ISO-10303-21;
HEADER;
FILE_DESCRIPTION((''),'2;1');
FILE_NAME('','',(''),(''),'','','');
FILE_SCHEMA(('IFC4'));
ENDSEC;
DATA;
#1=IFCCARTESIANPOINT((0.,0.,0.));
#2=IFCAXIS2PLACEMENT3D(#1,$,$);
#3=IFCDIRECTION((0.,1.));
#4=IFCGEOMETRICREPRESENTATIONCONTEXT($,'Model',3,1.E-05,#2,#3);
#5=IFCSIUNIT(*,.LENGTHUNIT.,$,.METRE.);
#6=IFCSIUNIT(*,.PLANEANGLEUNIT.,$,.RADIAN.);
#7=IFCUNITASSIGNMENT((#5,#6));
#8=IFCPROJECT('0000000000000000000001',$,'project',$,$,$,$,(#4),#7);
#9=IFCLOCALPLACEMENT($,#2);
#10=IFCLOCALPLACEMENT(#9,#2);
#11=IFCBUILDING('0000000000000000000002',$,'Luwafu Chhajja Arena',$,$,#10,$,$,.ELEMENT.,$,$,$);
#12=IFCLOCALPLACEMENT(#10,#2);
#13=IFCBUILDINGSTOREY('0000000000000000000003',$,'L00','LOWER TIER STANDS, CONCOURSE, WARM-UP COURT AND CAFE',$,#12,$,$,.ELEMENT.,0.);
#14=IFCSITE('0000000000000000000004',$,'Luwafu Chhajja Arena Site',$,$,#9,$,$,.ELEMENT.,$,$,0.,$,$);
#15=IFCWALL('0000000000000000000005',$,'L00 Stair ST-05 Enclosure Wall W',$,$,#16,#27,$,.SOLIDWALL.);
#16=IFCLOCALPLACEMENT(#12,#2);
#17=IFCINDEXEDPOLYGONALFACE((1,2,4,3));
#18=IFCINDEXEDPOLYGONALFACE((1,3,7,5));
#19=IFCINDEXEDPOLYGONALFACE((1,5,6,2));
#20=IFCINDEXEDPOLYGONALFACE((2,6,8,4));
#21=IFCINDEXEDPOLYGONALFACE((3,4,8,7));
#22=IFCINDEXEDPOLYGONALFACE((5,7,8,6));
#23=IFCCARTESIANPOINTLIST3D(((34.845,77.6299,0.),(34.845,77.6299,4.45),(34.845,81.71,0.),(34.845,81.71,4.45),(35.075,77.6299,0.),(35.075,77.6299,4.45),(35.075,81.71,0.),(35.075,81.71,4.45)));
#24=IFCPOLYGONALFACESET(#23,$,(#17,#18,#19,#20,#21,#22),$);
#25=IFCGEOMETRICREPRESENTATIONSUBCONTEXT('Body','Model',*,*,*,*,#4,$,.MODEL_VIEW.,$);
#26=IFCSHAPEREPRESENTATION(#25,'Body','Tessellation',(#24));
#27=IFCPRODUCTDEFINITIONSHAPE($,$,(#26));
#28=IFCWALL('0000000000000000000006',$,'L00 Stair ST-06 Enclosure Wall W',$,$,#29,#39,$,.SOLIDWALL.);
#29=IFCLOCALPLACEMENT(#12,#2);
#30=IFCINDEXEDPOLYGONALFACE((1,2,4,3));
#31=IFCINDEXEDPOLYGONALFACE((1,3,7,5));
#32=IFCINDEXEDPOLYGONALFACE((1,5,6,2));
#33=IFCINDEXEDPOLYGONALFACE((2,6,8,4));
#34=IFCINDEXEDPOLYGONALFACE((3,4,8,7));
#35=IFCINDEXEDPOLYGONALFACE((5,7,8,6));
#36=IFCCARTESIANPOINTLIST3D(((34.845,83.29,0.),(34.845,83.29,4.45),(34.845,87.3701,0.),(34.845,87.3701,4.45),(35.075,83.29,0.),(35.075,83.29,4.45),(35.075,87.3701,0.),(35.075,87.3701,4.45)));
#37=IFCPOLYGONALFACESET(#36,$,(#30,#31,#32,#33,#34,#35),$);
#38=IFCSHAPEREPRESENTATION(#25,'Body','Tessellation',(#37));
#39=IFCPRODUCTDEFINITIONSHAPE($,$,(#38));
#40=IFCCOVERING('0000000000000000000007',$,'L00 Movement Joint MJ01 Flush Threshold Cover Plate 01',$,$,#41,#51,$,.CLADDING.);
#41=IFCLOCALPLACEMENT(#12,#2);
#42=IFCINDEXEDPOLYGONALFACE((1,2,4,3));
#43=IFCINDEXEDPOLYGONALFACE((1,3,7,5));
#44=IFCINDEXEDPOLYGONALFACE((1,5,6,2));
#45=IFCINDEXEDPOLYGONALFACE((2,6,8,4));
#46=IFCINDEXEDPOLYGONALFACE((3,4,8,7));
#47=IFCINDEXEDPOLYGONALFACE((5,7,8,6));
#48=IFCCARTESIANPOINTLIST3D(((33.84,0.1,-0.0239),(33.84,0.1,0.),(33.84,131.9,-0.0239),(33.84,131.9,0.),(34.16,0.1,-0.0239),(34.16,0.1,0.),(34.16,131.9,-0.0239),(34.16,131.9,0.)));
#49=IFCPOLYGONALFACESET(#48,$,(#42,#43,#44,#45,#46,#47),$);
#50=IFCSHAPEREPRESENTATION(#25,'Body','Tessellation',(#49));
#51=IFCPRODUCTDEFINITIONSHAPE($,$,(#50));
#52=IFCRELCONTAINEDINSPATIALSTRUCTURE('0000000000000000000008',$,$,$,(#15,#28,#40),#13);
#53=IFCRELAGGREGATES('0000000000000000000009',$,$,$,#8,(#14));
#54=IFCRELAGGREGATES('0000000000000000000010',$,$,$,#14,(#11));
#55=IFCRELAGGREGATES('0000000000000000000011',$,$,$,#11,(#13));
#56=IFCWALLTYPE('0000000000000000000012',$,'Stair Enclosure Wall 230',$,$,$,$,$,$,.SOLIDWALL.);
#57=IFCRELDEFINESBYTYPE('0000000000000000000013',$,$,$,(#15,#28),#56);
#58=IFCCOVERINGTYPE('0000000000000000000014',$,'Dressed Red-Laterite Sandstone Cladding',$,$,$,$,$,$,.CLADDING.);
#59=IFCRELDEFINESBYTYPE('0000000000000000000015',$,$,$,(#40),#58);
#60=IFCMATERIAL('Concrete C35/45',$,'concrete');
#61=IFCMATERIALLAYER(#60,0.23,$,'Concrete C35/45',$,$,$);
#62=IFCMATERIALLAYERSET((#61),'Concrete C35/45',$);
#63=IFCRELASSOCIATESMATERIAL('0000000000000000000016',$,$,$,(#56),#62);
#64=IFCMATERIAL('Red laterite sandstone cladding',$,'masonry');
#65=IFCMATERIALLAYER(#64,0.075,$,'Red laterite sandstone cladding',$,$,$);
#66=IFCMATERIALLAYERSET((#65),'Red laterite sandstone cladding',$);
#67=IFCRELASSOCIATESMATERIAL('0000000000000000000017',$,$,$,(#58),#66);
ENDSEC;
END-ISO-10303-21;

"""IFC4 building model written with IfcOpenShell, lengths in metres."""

from ifc_helpers import new_model, si_unit, direction, frame, frame_2d, origin, origin_2d, place, context, subcontext, project, spatial, rectangle, extrude, material, layer, layer_set, type_object, element, save


model = new_model("IFC4")

# Units and contexts
model_context = context("Model", 3, precision=1e-05, world=origin(), true_north=direction((0.0, 1.0)))
body_context = subcontext(model_context, "Body", "Model", "MODEL_VIEW")
ifc_project = project(units=[si_unit("LENGTHUNIT", "METRE"), si_unit("PLANEANGLEUNIT", "RADIAN")], contexts=[model_context])

# Site, building, storey
site_placement = place(None, origin())
site = spatial("IfcSite", under=ifc_project, at=site_placement, Name="Luwafu Chhajja Arena Site", CompositionType="ELEMENT", RefElevation=0.0)
building_placement = place(site_placement, origin())
building = spatial("IfcBuilding", under=site, at=building_placement, Name="Luwafu Chhajja Arena", CompositionType="ELEMENT")
storey_placement = place(building_placement, origin())
storey = spatial("IfcBuildingStorey", under=building, at=storey_placement, Name="L00", Description="LOWER TIER STANDS, CONCOURSE, WARM-UP COURT AND CAFE", CompositionType="ELEMENT", Elevation=0.0)

# Shared definitions
ifc_material_1 = material(Name="Concrete C35/45", Category="concrete")

# Walls
ifc_layer_1 = layer(ifc_material_1, 0.23, Name="Concrete C35/45")
ifc_layer_set_1 = layer_set([ifc_layer_1], Name="Concrete C35/45")
wall_type_1 = type_object("IfcWallType", Name="Stair Enclosure Wall 230", PredefinedType="SOLIDWALL", material=ifc_layer_set_1)
for number, where, z_axis, x_axis, name in (
    (1, (34.96, 77.6299, 0.0), (0.0, 0.0, 1.0), (0.0, 1.0, 0.0), "L00 Stair ST-05 Enclosure Wall W"),
    (2, (34.96, 83.29, 0.0), (0.0, 0.0, 1.0), (0.0, 1.0, 0.0), "L00 Stair ST-06 Enclosure Wall W"),
):
    element("IfcWall", number, at=place(storey_placement, frame(where, z_axis=z_axis, x_axis=x_axis)), inside=storey, type_object=wall_type_1, Name=name, PredefinedType="SOLIDWALL", context=body_context, shape_type="SweptSolid", body=[
        extrude(rectangle(XDim=4.0801, YDim=0.23, at=frame_2d((2.04, 0.0))), origin(), (0.0, 0.0, 1.0), 4.45),
    ])

# Covering
ifc_material_2 = material(Name="Red laterite sandstone cladding", Category="masonry")
ifc_layer_2 = layer(ifc_material_2, 0.075, Name="Red laterite sandstone cladding")
ifc_layer_set_2 = layer_set([ifc_layer_2], Name="Red laterite sandstone cladding")
covering_type = type_object("IfcCoveringType", Name="Dressed Red-Laterite Sandstone Cladding", PredefinedType="CLADDING", material=ifc_layer_set_2)
covering_placement = place(storey_placement, frame((34.0, 66.0, -0.0239), z_axis=(0.0, 0.0, 1.0), x_axis=(1.0, 0.0, 0.0)))
element("IfcCovering", 3, at=covering_placement, inside=storey, type_object=covering_type, Name="L00 Movement Joint MJ01 Flush Threshold Cover Plate 01", PredefinedType="CLADDING", context=body_context, shape_type="SweptSolid", body=[
    extrude(rectangle(XDim=0.3201, YDim=131.8, at=origin_2d()), origin(), (0.0, 0.0, 1.0), 0.0239),
])

save(model, "model.ifc")
